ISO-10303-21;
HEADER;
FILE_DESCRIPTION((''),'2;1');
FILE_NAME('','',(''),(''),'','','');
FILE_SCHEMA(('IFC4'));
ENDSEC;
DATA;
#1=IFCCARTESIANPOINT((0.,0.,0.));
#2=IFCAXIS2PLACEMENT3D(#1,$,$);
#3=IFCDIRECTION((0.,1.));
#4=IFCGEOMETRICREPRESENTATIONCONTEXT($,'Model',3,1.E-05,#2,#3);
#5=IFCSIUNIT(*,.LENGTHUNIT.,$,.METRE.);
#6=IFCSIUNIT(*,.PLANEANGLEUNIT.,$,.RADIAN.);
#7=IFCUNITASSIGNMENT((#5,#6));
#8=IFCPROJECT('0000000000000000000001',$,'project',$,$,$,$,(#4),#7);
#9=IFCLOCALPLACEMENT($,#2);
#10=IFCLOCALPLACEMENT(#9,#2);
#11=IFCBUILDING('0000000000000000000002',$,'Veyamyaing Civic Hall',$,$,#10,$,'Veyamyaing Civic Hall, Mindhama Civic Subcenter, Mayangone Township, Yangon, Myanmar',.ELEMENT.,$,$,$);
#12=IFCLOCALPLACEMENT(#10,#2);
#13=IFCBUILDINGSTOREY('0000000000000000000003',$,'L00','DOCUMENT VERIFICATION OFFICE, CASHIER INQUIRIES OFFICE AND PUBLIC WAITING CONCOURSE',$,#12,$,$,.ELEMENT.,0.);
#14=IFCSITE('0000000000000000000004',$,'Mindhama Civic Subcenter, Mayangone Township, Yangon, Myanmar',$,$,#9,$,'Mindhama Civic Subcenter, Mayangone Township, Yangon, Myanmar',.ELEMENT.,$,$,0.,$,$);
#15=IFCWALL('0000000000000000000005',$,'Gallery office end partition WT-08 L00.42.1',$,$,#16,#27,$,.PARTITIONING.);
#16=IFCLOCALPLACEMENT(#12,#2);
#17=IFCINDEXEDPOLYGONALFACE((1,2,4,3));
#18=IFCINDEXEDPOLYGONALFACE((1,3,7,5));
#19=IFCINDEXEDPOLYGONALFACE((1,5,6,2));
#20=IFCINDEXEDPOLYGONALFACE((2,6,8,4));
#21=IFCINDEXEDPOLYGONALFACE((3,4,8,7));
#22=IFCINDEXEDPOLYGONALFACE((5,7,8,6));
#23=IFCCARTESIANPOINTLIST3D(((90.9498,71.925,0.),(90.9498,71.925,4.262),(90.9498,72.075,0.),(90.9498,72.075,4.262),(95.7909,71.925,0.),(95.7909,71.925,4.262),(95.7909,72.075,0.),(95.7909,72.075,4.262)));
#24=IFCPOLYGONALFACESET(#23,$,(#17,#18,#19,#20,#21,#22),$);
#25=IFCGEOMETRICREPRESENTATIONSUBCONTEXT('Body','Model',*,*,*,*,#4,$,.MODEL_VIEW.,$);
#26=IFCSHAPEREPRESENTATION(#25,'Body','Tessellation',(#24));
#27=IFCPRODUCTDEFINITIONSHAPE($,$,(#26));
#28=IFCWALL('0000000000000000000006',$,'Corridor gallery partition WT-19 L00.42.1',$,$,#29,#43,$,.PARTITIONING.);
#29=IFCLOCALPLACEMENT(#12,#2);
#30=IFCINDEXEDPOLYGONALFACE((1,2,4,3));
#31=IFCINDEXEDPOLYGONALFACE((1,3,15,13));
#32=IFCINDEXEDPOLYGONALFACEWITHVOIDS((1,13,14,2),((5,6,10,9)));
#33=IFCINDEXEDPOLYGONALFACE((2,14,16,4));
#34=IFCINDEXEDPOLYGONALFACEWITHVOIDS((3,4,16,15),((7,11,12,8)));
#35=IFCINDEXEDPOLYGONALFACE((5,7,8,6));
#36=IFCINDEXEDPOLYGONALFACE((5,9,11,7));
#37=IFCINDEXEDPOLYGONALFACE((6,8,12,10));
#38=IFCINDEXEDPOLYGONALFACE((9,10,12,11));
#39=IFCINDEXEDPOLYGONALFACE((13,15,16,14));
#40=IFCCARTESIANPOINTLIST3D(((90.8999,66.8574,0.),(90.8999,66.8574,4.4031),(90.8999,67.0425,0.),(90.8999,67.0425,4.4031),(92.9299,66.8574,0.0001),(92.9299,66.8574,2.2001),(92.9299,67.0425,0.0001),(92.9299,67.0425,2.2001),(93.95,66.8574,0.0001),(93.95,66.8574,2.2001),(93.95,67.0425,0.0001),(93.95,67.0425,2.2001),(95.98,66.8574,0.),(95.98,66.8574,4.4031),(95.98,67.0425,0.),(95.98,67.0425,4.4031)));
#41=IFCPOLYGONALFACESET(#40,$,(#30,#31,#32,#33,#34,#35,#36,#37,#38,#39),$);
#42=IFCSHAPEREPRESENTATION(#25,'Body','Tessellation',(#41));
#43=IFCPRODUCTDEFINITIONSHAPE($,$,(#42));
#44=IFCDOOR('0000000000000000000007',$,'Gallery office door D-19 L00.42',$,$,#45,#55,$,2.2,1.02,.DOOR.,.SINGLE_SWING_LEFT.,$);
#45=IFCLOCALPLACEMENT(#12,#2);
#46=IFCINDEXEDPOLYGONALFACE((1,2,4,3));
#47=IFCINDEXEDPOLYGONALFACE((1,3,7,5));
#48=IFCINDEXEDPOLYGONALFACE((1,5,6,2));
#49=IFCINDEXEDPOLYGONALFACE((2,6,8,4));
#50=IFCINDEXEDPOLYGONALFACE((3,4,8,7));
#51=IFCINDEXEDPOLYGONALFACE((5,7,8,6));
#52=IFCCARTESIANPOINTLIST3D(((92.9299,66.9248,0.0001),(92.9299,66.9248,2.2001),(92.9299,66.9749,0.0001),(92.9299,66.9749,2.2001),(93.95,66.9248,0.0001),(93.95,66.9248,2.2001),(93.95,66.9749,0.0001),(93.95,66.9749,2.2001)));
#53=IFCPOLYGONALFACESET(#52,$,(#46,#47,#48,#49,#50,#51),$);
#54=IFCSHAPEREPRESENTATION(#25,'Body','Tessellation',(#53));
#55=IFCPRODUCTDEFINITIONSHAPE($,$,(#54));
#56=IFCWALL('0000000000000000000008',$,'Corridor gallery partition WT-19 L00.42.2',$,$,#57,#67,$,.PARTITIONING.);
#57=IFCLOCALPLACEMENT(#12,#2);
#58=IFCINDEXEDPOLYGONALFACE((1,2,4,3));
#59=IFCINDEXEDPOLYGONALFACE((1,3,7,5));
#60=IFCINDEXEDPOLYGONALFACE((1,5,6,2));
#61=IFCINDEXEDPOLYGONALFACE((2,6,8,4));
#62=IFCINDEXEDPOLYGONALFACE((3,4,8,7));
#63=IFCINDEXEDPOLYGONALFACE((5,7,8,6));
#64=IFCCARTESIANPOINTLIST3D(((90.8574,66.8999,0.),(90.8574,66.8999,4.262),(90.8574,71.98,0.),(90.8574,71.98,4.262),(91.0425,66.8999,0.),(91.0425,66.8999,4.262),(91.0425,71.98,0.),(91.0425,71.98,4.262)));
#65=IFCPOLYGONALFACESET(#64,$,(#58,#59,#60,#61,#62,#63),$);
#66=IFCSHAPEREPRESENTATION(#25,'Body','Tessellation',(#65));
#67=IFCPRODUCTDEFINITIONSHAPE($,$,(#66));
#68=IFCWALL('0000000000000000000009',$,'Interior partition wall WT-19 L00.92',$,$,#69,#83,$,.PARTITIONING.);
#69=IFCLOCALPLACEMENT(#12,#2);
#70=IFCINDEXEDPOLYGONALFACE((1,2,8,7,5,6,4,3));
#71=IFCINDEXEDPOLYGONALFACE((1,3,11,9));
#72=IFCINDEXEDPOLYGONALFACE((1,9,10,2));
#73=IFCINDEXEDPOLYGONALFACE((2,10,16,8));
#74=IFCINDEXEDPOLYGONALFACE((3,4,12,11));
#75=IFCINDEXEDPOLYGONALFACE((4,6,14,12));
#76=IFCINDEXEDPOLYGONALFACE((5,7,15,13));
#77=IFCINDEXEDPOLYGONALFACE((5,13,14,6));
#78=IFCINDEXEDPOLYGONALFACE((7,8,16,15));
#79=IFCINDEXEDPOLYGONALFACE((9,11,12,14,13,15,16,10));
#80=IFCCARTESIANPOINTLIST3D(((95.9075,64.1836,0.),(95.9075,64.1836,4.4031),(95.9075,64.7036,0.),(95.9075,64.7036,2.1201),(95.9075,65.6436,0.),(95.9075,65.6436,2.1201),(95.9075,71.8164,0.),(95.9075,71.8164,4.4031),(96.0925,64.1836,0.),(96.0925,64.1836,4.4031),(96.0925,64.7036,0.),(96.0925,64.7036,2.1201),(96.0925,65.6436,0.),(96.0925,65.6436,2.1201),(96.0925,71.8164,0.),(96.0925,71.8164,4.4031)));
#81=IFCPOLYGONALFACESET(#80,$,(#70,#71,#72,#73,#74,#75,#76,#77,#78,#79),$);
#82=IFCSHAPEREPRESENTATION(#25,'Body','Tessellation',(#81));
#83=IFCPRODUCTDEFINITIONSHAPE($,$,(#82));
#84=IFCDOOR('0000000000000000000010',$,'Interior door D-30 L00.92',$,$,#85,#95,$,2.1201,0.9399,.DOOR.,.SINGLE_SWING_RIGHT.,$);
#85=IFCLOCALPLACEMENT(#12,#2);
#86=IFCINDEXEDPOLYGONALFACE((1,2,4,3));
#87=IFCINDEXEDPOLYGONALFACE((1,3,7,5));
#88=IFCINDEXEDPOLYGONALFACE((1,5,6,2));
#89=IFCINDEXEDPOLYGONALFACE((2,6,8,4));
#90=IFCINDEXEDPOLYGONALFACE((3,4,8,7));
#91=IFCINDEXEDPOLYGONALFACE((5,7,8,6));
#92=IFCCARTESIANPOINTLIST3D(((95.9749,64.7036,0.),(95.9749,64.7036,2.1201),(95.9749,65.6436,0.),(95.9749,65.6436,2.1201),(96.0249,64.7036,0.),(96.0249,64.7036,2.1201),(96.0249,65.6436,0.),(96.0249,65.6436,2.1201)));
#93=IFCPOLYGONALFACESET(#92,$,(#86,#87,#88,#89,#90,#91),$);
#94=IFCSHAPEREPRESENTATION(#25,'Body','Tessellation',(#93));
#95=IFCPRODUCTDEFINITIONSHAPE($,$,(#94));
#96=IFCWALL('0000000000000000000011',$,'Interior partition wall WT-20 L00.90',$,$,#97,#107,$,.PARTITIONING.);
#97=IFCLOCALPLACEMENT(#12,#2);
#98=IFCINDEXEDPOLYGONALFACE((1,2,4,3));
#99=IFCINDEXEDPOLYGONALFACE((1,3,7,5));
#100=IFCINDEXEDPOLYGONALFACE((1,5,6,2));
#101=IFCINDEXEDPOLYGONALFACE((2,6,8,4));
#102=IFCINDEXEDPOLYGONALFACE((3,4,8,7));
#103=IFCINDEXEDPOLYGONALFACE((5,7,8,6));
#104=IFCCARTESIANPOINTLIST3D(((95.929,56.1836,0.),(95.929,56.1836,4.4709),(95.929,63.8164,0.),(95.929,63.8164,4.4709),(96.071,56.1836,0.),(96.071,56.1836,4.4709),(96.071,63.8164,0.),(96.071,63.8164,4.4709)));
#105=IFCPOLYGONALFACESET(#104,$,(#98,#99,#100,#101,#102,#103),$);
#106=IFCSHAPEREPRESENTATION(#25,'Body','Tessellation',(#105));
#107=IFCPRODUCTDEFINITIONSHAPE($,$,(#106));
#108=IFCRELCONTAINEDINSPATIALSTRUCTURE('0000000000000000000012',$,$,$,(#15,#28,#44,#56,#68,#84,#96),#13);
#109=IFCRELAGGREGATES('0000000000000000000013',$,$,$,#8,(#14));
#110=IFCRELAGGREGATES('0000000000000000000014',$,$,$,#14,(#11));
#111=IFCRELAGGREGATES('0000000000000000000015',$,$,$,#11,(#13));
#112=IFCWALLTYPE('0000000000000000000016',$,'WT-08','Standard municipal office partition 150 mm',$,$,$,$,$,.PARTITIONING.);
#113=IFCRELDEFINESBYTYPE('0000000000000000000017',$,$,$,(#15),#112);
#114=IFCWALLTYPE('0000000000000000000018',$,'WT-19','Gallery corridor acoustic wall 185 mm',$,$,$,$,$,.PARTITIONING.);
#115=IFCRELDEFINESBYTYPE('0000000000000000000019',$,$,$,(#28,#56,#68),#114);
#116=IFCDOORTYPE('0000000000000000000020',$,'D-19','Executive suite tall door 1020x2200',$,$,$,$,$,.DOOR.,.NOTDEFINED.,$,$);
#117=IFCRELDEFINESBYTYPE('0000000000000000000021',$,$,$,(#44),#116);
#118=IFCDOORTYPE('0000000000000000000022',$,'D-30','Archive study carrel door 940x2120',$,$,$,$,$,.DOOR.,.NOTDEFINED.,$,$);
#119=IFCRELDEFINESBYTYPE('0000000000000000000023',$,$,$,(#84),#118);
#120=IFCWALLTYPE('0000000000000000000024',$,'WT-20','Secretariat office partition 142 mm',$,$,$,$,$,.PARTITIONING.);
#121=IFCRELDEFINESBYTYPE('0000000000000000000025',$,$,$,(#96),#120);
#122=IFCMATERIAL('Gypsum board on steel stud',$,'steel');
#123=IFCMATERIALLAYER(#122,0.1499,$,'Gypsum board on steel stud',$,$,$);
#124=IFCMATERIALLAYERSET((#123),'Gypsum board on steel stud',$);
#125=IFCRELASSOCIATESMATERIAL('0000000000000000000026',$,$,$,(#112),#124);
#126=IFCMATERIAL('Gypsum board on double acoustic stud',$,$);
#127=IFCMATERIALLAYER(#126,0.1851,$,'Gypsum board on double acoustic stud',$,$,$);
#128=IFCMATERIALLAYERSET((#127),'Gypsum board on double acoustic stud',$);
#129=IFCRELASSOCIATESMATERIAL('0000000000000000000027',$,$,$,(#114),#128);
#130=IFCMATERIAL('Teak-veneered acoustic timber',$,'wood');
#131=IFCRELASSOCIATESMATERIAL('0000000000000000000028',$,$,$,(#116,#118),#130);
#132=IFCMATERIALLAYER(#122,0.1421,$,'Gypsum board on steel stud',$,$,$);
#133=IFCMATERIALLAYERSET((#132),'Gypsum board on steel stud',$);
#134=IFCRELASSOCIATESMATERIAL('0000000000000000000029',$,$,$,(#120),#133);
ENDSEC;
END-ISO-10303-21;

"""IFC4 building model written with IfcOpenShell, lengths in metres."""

from ifc_helpers import new_model, si_unit, direction, frame, frame_2d, origin, place, context, subcontext, project, spatial, rectangle, extrude, material, layer, layer_set, type_object, element, fill, save


model = new_model("IFC4")

# Units and contexts
model_context = context("Model", 3, precision=1e-05, world=origin(), true_north=direction((0.0, 1.0)))
body_context = subcontext(model_context, "Body", "Model", "MODEL_VIEW")
ifc_project = project(units=[si_unit("LENGTHUNIT", "METRE"), si_unit("PLANEANGLEUNIT", "RADIAN")], contexts=[model_context])

# Site, building, storey
site_placement = place(None, origin())
site = spatial("IfcSite", under=ifc_project, at=site_placement, Name="Mindhama Civic Subcenter, Mayangone Township, Yangon, Myanmar", LongName="Mindhama Civic Subcenter, Mayangone Township, Yangon, Myanmar", CompositionType="ELEMENT", RefElevation=0.0)
building_placement = place(site_placement, origin())
building = spatial("IfcBuilding", under=site, at=building_placement, Name="Veyamyaing Civic Hall", LongName="Veyamyaing Civic Hall, Mindhama Civic Subcenter, Mayangone Township, Yangon, Myanmar", CompositionType="ELEMENT")
storey_placement = place(building_placement, origin())
storey = spatial("IfcBuildingStorey", under=building, at=storey_placement, Name="L00", Description="DOCUMENT VERIFICATION OFFICE, CASHIER INQUIRIES OFFICE AND PUBLIC WAITING CONCOURSE", CompositionType="ELEMENT", Elevation=0.0)

# Wall
ifc_material_1 = material(Name="Gypsum board on steel stud", Category="steel")
ifc_layer_1 = layer(ifc_material_1, 0.1499, Name="Gypsum board on steel stud")
ifc_layer_set_1 = layer_set([ifc_layer_1], Name="Gypsum board on steel stud")
wall_type_1 = type_object("IfcWallType", Name="WT-08", Description="Standard municipal office partition 150 mm", PredefinedType="PARTITIONING", material=ifc_layer_set_1)
wall_1_placement = place(storey_placement, frame((90.95, 72.0, 0.0), z_axis=(0.0, 0.0, 1.0), x_axis=(1.0, 0.0, 0.0)))
element("IfcWall", 1, at=wall_1_placement, inside=storey, type_object=wall_type_1, Name="Gallery office end partition WT-08 L00.42.1", PredefinedType="PARTITIONING", context=body_context, shape_type="SweptSolid", body=[
    extrude(rectangle(XDim=4.8411, YDim=0.1499, at=frame_2d((2.4204, 0.0))), origin(), (0.0, 0.0, 1.0), 4.262),
])

# Wall, opening, door
ifc_material_2 = material(Name="Gypsum board on double acoustic stud")
ifc_layer_2 = layer(ifc_material_2, 0.1851, Name="Gypsum board on double acoustic stud")
ifc_layer_set_2 = layer_set([ifc_layer_2], Name="Gypsum board on double acoustic stud")
wall_type_2 = type_object("IfcWallType", Name="WT-19", Description="Gallery corridor acoustic wall 185 mm", PredefinedType="PARTITIONING", material=ifc_layer_set_2)
wall_2_placement = place(storey_placement, frame((90.8999, 66.95, 0.0), z_axis=(0.0, 0.0, 1.0), x_axis=(1.0, 0.0, 0.0)))
wall_2 = element("IfcWall", 2, at=wall_2_placement, inside=storey, type_object=wall_type_2, Name="Corridor gallery partition WT-19 L00.42.1", PredefinedType="PARTITIONING", context=body_context, shape_type="SweptSolid", body=[
    extrude(rectangle(XDim=5.0801, YDim=0.1851, at=frame_2d((2.54, 0.0))), origin(), (0.0, 0.0, 1.0), 4.4031),
])
opening_1_placement = place(wall_2_placement, frame((2.03, 0.0, 0.0)))
opening_1 = element("IfcOpeningElement", 3, at=opening_1_placement, cuts=wall_2, PredefinedType="OPENING", context=body_context, shape_type="SweptSolid", body=[
    extrude(rectangle(XDim=1.02, YDim=2.2, at=frame_2d((0.51, 1.1001))), frame((0.0, 0.1025, 0.0), z_axis=(0.0, -1.0, 0.0), x_axis=(1.0, 0.0, 0.0)), (0.0, 0.0, 1.0), 0.2051),
])
ifc_material_3 = material(Name="Teak-veneered acoustic timber", Category="wood")
door_type_1 = type_object("IfcDoorType", Name="D-19", Description="Executive suite tall door 1020x2200", OperationType="NOTDEFINED", PredefinedType="DOOR", material=ifc_material_3)
door_1_placement = place(opening_1_placement, origin())
door_1 = element("IfcDoor", 4, at=door_1_placement, inside=storey, type_object=door_type_1, Name="Gallery office door D-19 L00.42", OperationType="SINGLE_SWING_LEFT", OverallHeight=2.2, OverallWidth=1.02, PredefinedType="DOOR", context=body_context, shape_type="SweptSolid", body=[
    extrude(rectangle(XDim=1.02, YDim=2.2, at=frame_2d((0.51, 1.1001))), frame((0.0, 0.0249, 0.0), z_axis=(0.0, -1.0, 0.0), x_axis=(1.0, 0.0, 0.0)), (0.0, 0.0, 1.0), 0.05),
])
fill(opening_1, door_1)

# Wall
wall_3_placement = place(storey_placement, frame((90.95, 66.8999, 0.0), z_axis=(0.0, 0.0, 1.0), x_axis=(0.0, 1.0, 0.0)))
element("IfcWall", 5, at=wall_3_placement, inside=storey, type_object=wall_type_2, Name="Corridor gallery partition WT-19 L00.42.2", PredefinedType="PARTITIONING", context=body_context, shape_type="SweptSolid", body=[
    extrude(rectangle(XDim=5.0801, YDim=0.1851, at=frame_2d((2.54, 0.0))), origin(), (0.0, 0.0, 1.0), 4.262),
])

# Wall, opening, door
wall_4_placement = place(storey_placement, frame((96.0, 64.1836, 0.0), z_axis=(0.0, 0.0, 1.0), x_axis=(0.0, 1.0, 0.0)))
wall_4 = element("IfcWall", 6, at=wall_4_placement, inside=storey, type_object=wall_type_2, Name="Interior partition wall WT-19 L00.92", PredefinedType="PARTITIONING", context=body_context, shape_type="SweptSolid", body=[
    extrude(rectangle(XDim=7.6328, YDim=0.1851, at=frame_2d((3.8164, 0.0))), origin(), (0.0, 0.0, 1.0), 4.4031),
])
opening_2_placement = place(wall_4_placement, frame((0.52, 0.0, 0.0)))
opening_2 = element("IfcOpeningElement", 7, at=opening_2_placement, cuts=wall_4, PredefinedType="OPENING", context=body_context, shape_type="SweptSolid", body=[
    extrude(rectangle(XDim=0.9399, YDim=2.1201, at=frame_2d((0.47, 1.0601))), frame((0.0, 0.1025, 0.0), z_axis=(0.0, -1.0, 0.0), x_axis=(1.0, 0.0, 0.0)), (0.0, 0.0, 1.0), 0.2051),
])
door_type_2 = type_object("IfcDoorType", Name="D-30", Description="Archive study carrel door 940x2120", OperationType="NOTDEFINED", PredefinedType="DOOR", material=ifc_material_3)
door_2_placement = place(opening_2_placement, frame((0.9399, 0.0, 0.0), z_axis=(0.0, 0.0, 1.0), x_axis=(-1.0, 0.0, 0.0)))
door_2 = element("IfcDoor", 8, at=door_2_placement, inside=storey, type_object=door_type_2, Name="Interior door D-30 L00.92", OperationType="SINGLE_SWING_RIGHT", OverallHeight=2.1201, OverallWidth=0.9399, PredefinedType="DOOR", context=body_context, shape_type="SweptSolid", body=[
    extrude(rectangle(XDim=0.9399, YDim=2.1201, at=frame_2d((0.47, 1.0601))), frame((0.0, 0.0249, 0.0), z_axis=(0.0, -1.0, 0.0), x_axis=(1.0, 0.0, 0.0)), (0.0, 0.0, 1.0), 0.05),
])
fill(opening_2, door_2)

# Wall
ifc_layer_3 = layer(ifc_material_1, 0.1421, Name="Gypsum board on steel stud")
ifc_layer_set_3 = layer_set([ifc_layer_3], Name="Gypsum board on steel stud")
wall_type_3 = type_object("IfcWallType", Name="WT-20", Description="Secretariat office partition 142 mm", PredefinedType="PARTITIONING", material=ifc_layer_set_3)
wall_5_placement = place(storey_placement, frame((96.0, 56.1836, 0.0), z_axis=(0.0, 0.0, 1.0), x_axis=(0.0, 1.0, 0.0)))
element("IfcWall", 9, at=wall_5_placement, inside=storey, type_object=wall_type_3, Name="Interior partition wall WT-20 L00.90", PredefinedType="PARTITIONING", context=body_context, shape_type="SweptSolid", body=[
    extrude(rectangle(XDim=7.6328, YDim=0.1421, at=frame_2d((3.8164, 0.0))), origin(), (0.0, 0.0, 1.0), 4.4709),
])

save(model, "model.ifc")
